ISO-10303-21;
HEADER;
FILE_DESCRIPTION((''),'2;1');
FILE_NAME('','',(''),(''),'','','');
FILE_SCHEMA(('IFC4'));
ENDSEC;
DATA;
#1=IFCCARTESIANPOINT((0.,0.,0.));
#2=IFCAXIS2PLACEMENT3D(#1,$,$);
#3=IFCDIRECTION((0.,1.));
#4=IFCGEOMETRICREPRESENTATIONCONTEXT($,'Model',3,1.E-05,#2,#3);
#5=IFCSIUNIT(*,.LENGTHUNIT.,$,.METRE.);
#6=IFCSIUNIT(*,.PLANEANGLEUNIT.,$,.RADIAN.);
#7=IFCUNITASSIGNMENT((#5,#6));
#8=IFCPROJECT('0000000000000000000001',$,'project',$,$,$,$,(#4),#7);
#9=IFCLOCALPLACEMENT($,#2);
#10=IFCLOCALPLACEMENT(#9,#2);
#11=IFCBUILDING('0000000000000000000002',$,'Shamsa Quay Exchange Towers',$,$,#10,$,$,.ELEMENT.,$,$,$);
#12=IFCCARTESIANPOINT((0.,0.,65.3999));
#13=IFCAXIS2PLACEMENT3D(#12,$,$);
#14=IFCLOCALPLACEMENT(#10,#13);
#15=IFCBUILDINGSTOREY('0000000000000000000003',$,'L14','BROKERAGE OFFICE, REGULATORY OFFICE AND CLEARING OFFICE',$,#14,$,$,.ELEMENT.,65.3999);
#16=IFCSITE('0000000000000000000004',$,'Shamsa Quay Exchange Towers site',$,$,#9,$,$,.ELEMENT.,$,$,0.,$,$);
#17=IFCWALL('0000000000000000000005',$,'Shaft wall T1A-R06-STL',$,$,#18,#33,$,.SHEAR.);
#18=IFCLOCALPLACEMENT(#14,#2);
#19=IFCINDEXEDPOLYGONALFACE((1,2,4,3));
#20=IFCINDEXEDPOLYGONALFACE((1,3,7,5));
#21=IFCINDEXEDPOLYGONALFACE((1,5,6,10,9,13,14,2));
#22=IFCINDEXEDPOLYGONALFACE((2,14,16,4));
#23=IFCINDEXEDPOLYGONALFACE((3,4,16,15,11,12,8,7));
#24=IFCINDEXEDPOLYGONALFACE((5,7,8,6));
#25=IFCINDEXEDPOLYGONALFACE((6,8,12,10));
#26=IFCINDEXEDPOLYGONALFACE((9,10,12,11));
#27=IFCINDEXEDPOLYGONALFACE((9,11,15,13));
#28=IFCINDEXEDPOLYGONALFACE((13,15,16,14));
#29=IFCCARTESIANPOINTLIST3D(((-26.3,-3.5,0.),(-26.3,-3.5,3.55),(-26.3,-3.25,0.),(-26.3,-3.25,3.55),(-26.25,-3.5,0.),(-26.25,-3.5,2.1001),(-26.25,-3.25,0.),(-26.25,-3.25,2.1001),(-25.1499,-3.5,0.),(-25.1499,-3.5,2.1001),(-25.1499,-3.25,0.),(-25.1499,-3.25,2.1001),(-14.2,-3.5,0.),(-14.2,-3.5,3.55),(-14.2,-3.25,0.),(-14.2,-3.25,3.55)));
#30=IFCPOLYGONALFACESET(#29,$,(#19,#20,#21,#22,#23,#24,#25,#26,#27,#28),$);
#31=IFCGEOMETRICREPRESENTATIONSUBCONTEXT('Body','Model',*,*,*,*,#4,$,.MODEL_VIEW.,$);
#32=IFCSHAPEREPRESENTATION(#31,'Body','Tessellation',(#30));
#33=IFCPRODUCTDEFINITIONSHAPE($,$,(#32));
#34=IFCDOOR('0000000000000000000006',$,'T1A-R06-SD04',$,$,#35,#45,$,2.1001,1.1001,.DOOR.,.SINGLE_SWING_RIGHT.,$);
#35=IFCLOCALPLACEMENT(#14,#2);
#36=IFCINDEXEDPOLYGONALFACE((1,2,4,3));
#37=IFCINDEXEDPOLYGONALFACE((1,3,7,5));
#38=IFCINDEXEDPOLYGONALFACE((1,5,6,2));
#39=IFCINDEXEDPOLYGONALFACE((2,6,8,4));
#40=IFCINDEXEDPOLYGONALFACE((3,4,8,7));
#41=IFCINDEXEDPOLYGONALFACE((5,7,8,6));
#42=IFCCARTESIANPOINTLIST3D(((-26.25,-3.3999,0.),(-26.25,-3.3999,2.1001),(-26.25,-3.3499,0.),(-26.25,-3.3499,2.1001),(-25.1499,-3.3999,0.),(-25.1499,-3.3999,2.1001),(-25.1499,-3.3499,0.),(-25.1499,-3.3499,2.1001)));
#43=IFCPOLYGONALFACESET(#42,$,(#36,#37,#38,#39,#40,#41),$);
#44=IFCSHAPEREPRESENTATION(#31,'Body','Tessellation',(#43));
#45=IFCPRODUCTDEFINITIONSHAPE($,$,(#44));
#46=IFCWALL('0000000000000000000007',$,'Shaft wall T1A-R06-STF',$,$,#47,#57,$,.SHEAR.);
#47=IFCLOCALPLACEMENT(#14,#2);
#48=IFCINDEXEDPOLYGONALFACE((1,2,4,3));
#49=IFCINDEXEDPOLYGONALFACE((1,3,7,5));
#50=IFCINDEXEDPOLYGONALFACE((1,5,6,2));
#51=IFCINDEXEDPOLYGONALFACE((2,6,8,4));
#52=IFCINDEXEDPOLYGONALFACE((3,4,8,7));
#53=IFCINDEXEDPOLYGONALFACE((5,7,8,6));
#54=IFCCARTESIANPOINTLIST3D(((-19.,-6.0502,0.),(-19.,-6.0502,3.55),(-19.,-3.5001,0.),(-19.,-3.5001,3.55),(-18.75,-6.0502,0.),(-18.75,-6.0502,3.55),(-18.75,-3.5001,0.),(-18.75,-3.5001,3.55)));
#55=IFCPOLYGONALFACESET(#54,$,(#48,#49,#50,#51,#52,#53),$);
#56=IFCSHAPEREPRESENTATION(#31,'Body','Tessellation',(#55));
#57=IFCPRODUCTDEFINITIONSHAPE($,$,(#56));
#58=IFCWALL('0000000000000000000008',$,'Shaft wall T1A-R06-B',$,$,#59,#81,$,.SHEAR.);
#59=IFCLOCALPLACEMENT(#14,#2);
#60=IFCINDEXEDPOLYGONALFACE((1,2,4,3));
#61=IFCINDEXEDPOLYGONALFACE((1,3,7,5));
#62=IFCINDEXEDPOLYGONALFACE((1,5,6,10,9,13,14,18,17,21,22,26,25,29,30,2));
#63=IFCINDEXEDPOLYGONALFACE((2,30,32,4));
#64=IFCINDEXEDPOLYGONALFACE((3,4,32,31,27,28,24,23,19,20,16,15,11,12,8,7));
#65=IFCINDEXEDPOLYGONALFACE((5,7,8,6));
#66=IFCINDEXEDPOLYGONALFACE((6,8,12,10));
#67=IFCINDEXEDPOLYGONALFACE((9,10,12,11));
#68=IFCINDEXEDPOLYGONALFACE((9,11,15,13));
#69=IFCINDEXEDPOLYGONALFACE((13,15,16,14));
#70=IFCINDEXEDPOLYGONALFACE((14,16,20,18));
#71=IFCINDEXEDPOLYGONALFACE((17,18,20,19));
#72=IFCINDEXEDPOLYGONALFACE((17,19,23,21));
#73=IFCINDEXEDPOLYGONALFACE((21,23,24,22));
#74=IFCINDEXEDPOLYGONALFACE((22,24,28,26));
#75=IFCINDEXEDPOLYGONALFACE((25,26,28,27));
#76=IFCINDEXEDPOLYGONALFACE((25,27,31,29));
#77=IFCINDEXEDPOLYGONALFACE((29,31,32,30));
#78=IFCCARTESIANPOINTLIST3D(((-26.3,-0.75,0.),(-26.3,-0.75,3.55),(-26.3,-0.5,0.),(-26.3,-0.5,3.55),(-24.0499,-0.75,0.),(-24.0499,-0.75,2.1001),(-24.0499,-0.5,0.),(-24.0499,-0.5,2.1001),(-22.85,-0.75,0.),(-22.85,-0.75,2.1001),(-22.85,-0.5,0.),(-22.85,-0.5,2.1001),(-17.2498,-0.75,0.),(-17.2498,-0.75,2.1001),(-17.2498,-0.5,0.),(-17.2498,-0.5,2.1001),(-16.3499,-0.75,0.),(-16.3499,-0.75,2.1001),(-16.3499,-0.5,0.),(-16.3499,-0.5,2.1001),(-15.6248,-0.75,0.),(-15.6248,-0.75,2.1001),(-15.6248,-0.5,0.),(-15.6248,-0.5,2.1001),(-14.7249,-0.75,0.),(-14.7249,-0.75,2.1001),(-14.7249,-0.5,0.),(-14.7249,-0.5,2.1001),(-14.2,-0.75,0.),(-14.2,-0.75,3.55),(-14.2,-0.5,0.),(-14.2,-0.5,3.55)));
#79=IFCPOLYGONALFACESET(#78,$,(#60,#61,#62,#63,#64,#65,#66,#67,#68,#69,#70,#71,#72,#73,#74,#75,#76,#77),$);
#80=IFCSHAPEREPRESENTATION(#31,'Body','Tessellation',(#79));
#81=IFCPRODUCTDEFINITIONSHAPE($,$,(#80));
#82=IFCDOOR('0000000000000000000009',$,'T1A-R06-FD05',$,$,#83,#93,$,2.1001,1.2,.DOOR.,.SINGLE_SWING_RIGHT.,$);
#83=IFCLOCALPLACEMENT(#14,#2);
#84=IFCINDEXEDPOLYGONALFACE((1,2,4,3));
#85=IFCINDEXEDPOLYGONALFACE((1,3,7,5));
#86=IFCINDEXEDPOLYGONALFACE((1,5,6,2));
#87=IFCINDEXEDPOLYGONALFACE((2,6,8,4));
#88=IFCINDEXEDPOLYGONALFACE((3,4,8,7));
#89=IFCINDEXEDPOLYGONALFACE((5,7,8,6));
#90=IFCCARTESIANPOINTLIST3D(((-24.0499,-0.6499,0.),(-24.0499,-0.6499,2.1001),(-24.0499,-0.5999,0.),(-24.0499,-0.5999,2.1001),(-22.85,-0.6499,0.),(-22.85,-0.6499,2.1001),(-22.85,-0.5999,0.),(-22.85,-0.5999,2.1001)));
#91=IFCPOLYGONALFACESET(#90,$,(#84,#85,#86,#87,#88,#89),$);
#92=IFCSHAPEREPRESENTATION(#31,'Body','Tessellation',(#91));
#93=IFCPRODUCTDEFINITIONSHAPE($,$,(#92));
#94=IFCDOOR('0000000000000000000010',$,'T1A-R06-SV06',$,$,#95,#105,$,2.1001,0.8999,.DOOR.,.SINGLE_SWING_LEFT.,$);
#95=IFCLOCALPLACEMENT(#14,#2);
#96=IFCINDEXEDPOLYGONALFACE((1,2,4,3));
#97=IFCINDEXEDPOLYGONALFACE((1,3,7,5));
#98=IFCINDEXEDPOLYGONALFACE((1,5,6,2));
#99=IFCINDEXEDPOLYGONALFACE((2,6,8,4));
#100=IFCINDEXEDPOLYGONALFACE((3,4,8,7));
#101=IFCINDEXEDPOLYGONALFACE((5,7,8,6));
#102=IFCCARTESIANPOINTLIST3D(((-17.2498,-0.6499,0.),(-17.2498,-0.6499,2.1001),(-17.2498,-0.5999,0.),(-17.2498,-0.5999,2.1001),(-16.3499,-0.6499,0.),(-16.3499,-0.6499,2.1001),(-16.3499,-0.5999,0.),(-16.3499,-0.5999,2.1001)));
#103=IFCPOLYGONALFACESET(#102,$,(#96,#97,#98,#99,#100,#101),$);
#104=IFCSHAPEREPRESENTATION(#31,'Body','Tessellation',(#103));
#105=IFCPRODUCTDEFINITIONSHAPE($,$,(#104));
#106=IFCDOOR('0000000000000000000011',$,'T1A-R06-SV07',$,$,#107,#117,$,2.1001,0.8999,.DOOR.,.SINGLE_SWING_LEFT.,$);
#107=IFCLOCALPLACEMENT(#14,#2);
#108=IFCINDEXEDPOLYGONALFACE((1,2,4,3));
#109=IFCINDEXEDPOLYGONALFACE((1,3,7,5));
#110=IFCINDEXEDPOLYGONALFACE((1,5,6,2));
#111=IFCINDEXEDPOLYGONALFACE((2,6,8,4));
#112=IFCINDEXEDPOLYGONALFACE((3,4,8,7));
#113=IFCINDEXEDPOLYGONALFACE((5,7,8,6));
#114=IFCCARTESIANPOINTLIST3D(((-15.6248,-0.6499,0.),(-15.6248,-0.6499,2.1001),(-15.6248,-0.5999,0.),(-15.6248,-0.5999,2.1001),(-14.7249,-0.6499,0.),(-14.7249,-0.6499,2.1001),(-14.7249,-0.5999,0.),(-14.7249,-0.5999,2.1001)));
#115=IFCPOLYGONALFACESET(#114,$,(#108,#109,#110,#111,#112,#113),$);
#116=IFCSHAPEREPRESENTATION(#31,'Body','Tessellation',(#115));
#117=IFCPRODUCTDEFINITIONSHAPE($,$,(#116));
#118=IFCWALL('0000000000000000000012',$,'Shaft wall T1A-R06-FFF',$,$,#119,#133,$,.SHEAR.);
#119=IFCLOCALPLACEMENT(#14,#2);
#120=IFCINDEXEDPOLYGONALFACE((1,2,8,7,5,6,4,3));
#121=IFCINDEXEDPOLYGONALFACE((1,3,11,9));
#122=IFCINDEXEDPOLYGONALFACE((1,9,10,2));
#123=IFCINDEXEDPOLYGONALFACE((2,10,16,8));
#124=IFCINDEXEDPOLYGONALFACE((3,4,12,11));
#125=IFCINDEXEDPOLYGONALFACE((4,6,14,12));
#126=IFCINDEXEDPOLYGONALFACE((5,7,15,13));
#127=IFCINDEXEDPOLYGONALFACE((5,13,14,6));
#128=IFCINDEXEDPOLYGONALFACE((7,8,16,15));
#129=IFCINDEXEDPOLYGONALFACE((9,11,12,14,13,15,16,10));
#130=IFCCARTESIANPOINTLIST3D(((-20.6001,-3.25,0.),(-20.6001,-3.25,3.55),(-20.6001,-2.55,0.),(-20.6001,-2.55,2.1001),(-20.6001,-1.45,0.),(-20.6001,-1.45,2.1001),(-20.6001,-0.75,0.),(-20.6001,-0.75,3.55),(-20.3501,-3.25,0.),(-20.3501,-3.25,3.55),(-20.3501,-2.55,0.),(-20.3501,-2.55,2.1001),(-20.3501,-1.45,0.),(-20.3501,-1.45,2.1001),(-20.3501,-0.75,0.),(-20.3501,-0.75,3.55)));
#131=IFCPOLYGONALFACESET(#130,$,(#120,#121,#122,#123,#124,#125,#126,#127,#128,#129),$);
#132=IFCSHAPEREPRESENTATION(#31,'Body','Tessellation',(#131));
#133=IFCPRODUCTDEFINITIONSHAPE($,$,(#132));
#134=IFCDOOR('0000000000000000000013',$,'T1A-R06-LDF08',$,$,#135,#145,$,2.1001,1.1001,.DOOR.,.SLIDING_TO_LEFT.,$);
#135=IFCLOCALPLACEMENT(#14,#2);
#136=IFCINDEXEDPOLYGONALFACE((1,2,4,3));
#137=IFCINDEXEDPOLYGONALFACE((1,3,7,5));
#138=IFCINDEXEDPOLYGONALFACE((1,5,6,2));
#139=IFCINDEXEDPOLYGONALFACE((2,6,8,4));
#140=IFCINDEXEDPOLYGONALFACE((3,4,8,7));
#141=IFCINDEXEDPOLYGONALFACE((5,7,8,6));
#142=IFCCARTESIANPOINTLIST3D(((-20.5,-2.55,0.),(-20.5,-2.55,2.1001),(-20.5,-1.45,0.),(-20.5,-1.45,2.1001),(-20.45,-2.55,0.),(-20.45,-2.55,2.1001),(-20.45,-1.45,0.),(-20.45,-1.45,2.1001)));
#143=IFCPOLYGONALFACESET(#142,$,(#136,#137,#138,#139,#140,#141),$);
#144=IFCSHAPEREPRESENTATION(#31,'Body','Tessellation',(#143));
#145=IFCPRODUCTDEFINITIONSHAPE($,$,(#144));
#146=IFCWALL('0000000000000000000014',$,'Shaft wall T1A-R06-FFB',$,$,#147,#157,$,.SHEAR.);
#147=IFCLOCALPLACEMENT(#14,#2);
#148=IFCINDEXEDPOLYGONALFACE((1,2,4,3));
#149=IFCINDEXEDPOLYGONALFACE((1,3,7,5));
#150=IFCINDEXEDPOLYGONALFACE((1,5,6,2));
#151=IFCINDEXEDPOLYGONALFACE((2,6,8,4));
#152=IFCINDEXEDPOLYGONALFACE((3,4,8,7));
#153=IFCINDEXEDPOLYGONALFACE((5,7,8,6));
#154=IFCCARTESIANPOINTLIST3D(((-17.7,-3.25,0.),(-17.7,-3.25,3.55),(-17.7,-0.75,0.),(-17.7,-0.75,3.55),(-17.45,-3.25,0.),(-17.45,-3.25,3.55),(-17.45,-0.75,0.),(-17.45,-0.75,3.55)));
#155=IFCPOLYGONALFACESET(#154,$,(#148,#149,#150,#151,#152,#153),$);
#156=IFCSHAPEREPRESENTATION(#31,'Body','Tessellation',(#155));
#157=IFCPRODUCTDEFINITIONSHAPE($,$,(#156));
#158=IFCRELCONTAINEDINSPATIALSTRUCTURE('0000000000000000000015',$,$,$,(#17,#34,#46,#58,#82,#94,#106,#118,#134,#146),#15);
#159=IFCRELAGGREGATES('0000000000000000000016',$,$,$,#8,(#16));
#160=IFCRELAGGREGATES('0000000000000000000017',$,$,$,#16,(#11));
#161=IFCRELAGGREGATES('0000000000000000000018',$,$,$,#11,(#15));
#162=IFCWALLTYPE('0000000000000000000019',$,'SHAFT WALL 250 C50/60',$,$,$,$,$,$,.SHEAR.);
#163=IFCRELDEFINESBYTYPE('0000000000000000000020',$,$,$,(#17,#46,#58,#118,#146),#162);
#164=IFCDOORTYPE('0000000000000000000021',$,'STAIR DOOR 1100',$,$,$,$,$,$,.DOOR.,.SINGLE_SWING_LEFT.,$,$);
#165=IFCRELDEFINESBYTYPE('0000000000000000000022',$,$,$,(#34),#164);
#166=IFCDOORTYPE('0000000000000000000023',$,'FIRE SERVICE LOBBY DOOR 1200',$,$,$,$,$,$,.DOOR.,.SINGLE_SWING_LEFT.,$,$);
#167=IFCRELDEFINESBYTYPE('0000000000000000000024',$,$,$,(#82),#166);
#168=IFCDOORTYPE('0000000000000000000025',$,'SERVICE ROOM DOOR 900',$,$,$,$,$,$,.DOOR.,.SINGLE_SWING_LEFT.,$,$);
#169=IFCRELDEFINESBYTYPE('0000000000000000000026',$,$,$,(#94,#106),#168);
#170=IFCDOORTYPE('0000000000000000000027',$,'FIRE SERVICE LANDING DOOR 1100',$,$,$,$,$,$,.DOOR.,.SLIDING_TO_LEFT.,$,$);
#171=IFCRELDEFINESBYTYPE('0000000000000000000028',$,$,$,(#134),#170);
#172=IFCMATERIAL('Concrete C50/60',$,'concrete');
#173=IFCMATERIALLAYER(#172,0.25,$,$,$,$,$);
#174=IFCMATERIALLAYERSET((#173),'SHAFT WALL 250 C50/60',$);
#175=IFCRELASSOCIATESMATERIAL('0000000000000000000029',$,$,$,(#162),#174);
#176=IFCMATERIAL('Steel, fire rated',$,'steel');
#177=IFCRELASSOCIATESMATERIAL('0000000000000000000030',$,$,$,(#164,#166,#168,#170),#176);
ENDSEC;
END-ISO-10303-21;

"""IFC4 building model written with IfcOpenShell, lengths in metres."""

from ifc_helpers import new_model, si_unit, direction, frame, frame_2d, origin, place, context, subcontext, project, spatial, rectangle, extrude, material, layer, layer_set, type_object, element, fill, save


model = new_model("IFC4")

# Units and contexts
model_context = context("Model", 3, precision=1e-05, world=origin(), true_north=direction((0.0, 1.0)))
body_context = subcontext(model_context, "Body", "Model", "MODEL_VIEW")
ifc_project = project(units=[si_unit("LENGTHUNIT", "METRE"), si_unit("PLANEANGLEUNIT", "RADIAN")], contexts=[model_context])

# Site, building, storey
site_placement = place(None, origin())
site = spatial("IfcSite", under=ifc_project, at=site_placement, Name="Shamsa Quay Exchange Towers site", CompositionType="ELEMENT", RefElevation=0.0)
building_placement = place(site_placement, origin())
building = spatial("IfcBuilding", under=site, at=building_placement, Name="Shamsa Quay Exchange Towers", CompositionType="ELEMENT")
storey_placement = place(building_placement, frame((0.0, 0.0, 65.3999)))
storey = spatial("IfcBuildingStorey", under=building, at=storey_placement, Name="L14", Description="BROKERAGE OFFICE, REGULATORY OFFICE AND CLEARING OFFICE", CompositionType="ELEMENT", Elevation=65.3999)

# Wall, opening, door
ifc_material_1 = material(Name="Concrete C50/60", Category="concrete")
ifc_layer_1 = layer(ifc_material_1, 0.25)
ifc_layer_set_1 = layer_set([ifc_layer_1], Name="SHAFT WALL 250 C50/60")
wall_type_1 = type_object("IfcWallType", Name="SHAFT WALL 250 C50/60", PredefinedType="SHEAR", material=ifc_layer_set_1)
wall_1_placement = place(storey_placement, frame((-14.2, -3.375, 0.0), z_axis=(0.0, 0.0, 1.0), x_axis=(-1.0, 0.0, 0.0)))
wall_1 = element("IfcWall", 1, at=wall_1_placement, inside=storey, type_object=wall_type_1, Name="Shaft wall T1A-R06-STL", PredefinedType="SHEAR", context=body_context, shape_type="SweptSolid", body=[
    extrude(rectangle(XDim=12.1001, YDim=0.25, at=frame_2d((6.05, 0.0))), origin(), (0.0, 0.0, 1.0), 3.55),
])
opening_1_placement = place(wall_1_placement, frame((10.95, 0.0, 0.0)))
opening_1 = element("IfcOpeningElement", 2, at=opening_1_placement, cuts=wall_1, PredefinedType="OPENING", context=body_context, shape_type="SweptSolid", body=[
    extrude(rectangle(XDim=1.1001, YDim=2.1001, at=frame_2d((0.55, 1.05))), frame((0.0, 0.135, 0.0), z_axis=(0.0, -1.0, 0.0), x_axis=(1.0, 0.0, 0.0)), (0.0, 0.0, 1.0), 0.27),
])
ifc_material_2 = material(Name="Steel, fire rated", Category="steel")
door_type_1 = type_object("IfcDoorType", Name="STAIR DOOR 1100", OperationType="SINGLE_SWING_LEFT", PredefinedType="DOOR", material=ifc_material_2)
door_1_placement = place(opening_1_placement, origin())
door_1 = element("IfcDoor", 3, at=door_1_placement, inside=storey, type_object=door_type_1, Name="T1A-R06-SD04", OperationType="SINGLE_SWING_RIGHT", OverallHeight=2.1001, OverallWidth=1.1001, PredefinedType="DOOR", context=body_context, shape_type="SweptSolid", body=[
    extrude(rectangle(XDim=1.1001, YDim=2.1001, at=frame_2d((0.55, 1.05))), frame((0.0, 0.0249, 0.0), z_axis=(0.0, -1.0, 0.0), x_axis=(1.0, 0.0, 0.0)), (0.0, 0.0, 1.0), 0.05),
])
fill(opening_1, door_1)

# Wall
wall_2_placement = place(storey_placement, frame((-18.875, -6.05, 0.0), z_axis=(0.0, 0.0, 1.0), x_axis=(0.0, 1.0, 0.0)))
element("IfcWall", 4, at=wall_2_placement, inside=storey, type_object=wall_type_1, Name="Shaft wall T1A-R06-STF", PredefinedType="SHEAR", context=body_context, shape_type="SweptSolid", body=[
    extrude(rectangle(XDim=2.55, YDim=0.25, at=frame_2d((1.2749, 0.0))), origin(), (0.0, 0.0, 1.0), 3.55),
])

# Wall, openings, doors
wall_3_placement = place(storey_placement, frame((-14.2, -0.625, 0.0), z_axis=(0.0, 0.0, 1.0), x_axis=(-1.0, 0.0, 0.0)))
wall_3 = element("IfcWall", 5, at=wall_3_placement, inside=storey, type_object=wall_type_1, Name="Shaft wall T1A-R06-B", PredefinedType="SHEAR", context=body_context, shape_type="SweptSolid", body=[
    extrude(rectangle(XDim=12.1001, YDim=0.25, at=frame_2d((6.05, 0.0))), origin(), (0.0, 0.0, 1.0), 3.55),
])
opening_2_placement = place(wall_3_placement, frame((8.6499, 0.0, 0.0)))
opening_2 = element("IfcOpeningElement", 6, at=opening_2_placement, cuts=wall_3, PredefinedType="OPENING", context=body_context, shape_type="SweptSolid", body=[
    extrude(rectangle(XDim=1.2, YDim=2.1001, at=frame_2d((0.6001, 1.05))), frame((0.0, 0.135, 0.0), z_axis=(0.0, -1.0, 0.0), x_axis=(1.0, 0.0, 0.0)), (0.0, 0.0, 1.0), 0.27),
])
opening_3_placement = place(wall_3_placement, frame((2.1499, 0.0, 0.0)))
opening_3 = element("IfcOpeningElement", 7, at=opening_3_placement, cuts=wall_3, PredefinedType="OPENING", context=body_context, shape_type="SweptSolid", body=[
    extrude(rectangle(XDim=0.8999, YDim=2.1001, at=frame_2d((0.45, 1.05))), frame((0.0, 0.135, 0.0), z_axis=(0.0, -1.0, 0.0), x_axis=(1.0, 0.0, 0.0)), (0.0, 0.0, 1.0), 0.27),
])
opening_4_placement = place(wall_3_placement, frame((0.5249, 0.0, 0.0)))
opening_4 = element("IfcOpeningElement", 8, at=opening_4_placement, cuts=wall_3, PredefinedType="OPENING", context=body_context, shape_type="SweptSolid", body=[
    extrude(rectangle(XDim=0.8999, YDim=2.1001, at=frame_2d((0.45, 1.05))), frame((0.0, 0.135, 0.0), z_axis=(0.0, -1.0, 0.0), x_axis=(1.0, 0.0, 0.0)), (0.0, 0.0, 1.0), 0.27),
])
door_type_2 = type_object("IfcDoorType", Name="FIRE SERVICE LOBBY DOOR 1200", OperationType="SINGLE_SWING_LEFT", PredefinedType="DOOR", material=ifc_material_2)
door_2_placement = place(opening_2_placement, origin())
door_2 = element("IfcDoor", 9, at=door_2_placement, inside=storey, type_object=door_type_2, Name="T1A-R06-FD05", OperationType="SINGLE_SWING_RIGHT", OverallHeight=2.1001, OverallWidth=1.2, PredefinedType="DOOR", context=body_context, shape_type="SweptSolid", body=[
    extrude(rectangle(XDim=1.2, YDim=2.1001, at=frame_2d((0.6001, 1.05))), frame((0.0, 0.0249, 0.0), z_axis=(0.0, -1.0, 0.0), x_axis=(1.0, 0.0, 0.0)), (0.0, 0.0, 1.0), 0.05),
])
fill(opening_2, door_2)
door_type_3 = type_object("IfcDoorType", Name="SERVICE ROOM DOOR 900", OperationType="SINGLE_SWING_LEFT", PredefinedType="DOOR", material=ifc_material_2)
door_3_placement = place(opening_3_placement, origin())
door_3 = element("IfcDoor", 10, at=door_3_placement, inside=storey, type_object=door_type_3, Name="T1A-R06-SV06", OperationType="SINGLE_SWING_LEFT", OverallHeight=2.1001, OverallWidth=0.8999, PredefinedType="DOOR", context=body_context, shape_type="SweptSolid", body=[
    extrude(rectangle(XDim=0.8999, YDim=2.1001, at=frame_2d((0.45, 1.05))), frame((0.0, 0.0249, 0.0), z_axis=(0.0, -1.0, 0.0), x_axis=(1.0, 0.0, 0.0)), (0.0, 0.0, 1.0), 0.05),
])
fill(opening_3, door_3)
door_4_placement = place(opening_4_placement, origin())
door_4 = element("IfcDoor", 11, at=door_4_placement, inside=storey, type_object=door_type_3, Name="T1A-R06-SV07", OperationType="SINGLE_SWING_LEFT", OverallHeight=2.1001, OverallWidth=0.8999, PredefinedType="DOOR", context=body_context, shape_type="SweptSolid", body=[
    extrude(rectangle(XDim=0.8999, YDim=2.1001, at=frame_2d((0.45, 1.05))), frame((0.0, 0.0249, 0.0), z_axis=(0.0, -1.0, 0.0), x_axis=(1.0, 0.0, 0.0)), (0.0, 0.0, 1.0), 0.05),
])
fill(opening_4, door_4)

# Wall, opening, door
wall_4_placement = place(storey_placement, frame((-20.4751, -3.25, 0.0), z_axis=(0.0, 0.0, 1.0), x_axis=(0.0, 1.0, 0.0)))
wall_4 = element("IfcWall", 12, at=wall_4_placement, inside=storey, type_object=wall_type_1, Name="Shaft wall T1A-R06-FFF", PredefinedType="SHEAR", context=body_context, shape_type="SweptSolid", body=[
    extrude(rectangle(XDim=2.5, YDim=0.25, at=frame_2d((1.25, 0.0))), origin(), (0.0, 0.0, 1.0), 3.55),
])
opening_5_placement = place(wall_4_placement, frame((0.7, 0.0, 0.0)))
opening_5 = element("IfcOpeningElement", 13, at=opening_5_placement, cuts=wall_4, PredefinedType="OPENING", context=body_context, shape_type="SweptSolid", body=[
    extrude(rectangle(XDim=1.1001, YDim=2.1001, at=frame_2d((0.55, 1.05))), frame((0.0, 0.135, 0.0), z_axis=(0.0, -1.0, 0.0), x_axis=(1.0, 0.0, 0.0)), (0.0, 0.0, 1.0), 0.27),
])
door_type_4 = type_object("IfcDoorType", Name="FIRE SERVICE LANDING DOOR 1100", OperationType="SLIDING_TO_LEFT", PredefinedType="DOOR", material=ifc_material_2)
door_5_placement = place(opening_5_placement, origin())
door_5 = element("IfcDoor", 14, at=door_5_placement, inside=storey, type_object=door_type_4, Name="T1A-R06-LDF08", OperationType="SLIDING_TO_LEFT", OverallHeight=2.1001, OverallWidth=1.1001, PredefinedType="DOOR", context=body_context, shape_type="SweptSolid", body=[
    extrude(rectangle(XDim=1.1001, YDim=2.1001, at=frame_2d((0.55, 1.05))), frame((0.0, 0.0249, 0.0), z_axis=(0.0, -1.0, 0.0), x_axis=(1.0, 0.0, 0.0)), (0.0, 0.0, 1.0), 0.05),
])
fill(opening_5, door_5)

# Wall
wall_5_placement = place(storey_placement, frame((-17.575, -3.25, 0.0), z_axis=(0.0, 0.0, 1.0), x_axis=(0.0, 1.0, 0.0)))
element("IfcWall", 15, at=wall_5_placement, inside=storey, type_object=wall_type_1, Name="Shaft wall T1A-R06-FFB", PredefinedType="SHEAR", context=body_context, shape_type="SweptSolid", body=[
    extrude(rectangle(XDim=2.5, YDim=0.25, at=frame_2d((1.25, 0.0))), origin(), (0.0, 0.0, 1.0), 3.55),
])

save(model, "model.ifc")
